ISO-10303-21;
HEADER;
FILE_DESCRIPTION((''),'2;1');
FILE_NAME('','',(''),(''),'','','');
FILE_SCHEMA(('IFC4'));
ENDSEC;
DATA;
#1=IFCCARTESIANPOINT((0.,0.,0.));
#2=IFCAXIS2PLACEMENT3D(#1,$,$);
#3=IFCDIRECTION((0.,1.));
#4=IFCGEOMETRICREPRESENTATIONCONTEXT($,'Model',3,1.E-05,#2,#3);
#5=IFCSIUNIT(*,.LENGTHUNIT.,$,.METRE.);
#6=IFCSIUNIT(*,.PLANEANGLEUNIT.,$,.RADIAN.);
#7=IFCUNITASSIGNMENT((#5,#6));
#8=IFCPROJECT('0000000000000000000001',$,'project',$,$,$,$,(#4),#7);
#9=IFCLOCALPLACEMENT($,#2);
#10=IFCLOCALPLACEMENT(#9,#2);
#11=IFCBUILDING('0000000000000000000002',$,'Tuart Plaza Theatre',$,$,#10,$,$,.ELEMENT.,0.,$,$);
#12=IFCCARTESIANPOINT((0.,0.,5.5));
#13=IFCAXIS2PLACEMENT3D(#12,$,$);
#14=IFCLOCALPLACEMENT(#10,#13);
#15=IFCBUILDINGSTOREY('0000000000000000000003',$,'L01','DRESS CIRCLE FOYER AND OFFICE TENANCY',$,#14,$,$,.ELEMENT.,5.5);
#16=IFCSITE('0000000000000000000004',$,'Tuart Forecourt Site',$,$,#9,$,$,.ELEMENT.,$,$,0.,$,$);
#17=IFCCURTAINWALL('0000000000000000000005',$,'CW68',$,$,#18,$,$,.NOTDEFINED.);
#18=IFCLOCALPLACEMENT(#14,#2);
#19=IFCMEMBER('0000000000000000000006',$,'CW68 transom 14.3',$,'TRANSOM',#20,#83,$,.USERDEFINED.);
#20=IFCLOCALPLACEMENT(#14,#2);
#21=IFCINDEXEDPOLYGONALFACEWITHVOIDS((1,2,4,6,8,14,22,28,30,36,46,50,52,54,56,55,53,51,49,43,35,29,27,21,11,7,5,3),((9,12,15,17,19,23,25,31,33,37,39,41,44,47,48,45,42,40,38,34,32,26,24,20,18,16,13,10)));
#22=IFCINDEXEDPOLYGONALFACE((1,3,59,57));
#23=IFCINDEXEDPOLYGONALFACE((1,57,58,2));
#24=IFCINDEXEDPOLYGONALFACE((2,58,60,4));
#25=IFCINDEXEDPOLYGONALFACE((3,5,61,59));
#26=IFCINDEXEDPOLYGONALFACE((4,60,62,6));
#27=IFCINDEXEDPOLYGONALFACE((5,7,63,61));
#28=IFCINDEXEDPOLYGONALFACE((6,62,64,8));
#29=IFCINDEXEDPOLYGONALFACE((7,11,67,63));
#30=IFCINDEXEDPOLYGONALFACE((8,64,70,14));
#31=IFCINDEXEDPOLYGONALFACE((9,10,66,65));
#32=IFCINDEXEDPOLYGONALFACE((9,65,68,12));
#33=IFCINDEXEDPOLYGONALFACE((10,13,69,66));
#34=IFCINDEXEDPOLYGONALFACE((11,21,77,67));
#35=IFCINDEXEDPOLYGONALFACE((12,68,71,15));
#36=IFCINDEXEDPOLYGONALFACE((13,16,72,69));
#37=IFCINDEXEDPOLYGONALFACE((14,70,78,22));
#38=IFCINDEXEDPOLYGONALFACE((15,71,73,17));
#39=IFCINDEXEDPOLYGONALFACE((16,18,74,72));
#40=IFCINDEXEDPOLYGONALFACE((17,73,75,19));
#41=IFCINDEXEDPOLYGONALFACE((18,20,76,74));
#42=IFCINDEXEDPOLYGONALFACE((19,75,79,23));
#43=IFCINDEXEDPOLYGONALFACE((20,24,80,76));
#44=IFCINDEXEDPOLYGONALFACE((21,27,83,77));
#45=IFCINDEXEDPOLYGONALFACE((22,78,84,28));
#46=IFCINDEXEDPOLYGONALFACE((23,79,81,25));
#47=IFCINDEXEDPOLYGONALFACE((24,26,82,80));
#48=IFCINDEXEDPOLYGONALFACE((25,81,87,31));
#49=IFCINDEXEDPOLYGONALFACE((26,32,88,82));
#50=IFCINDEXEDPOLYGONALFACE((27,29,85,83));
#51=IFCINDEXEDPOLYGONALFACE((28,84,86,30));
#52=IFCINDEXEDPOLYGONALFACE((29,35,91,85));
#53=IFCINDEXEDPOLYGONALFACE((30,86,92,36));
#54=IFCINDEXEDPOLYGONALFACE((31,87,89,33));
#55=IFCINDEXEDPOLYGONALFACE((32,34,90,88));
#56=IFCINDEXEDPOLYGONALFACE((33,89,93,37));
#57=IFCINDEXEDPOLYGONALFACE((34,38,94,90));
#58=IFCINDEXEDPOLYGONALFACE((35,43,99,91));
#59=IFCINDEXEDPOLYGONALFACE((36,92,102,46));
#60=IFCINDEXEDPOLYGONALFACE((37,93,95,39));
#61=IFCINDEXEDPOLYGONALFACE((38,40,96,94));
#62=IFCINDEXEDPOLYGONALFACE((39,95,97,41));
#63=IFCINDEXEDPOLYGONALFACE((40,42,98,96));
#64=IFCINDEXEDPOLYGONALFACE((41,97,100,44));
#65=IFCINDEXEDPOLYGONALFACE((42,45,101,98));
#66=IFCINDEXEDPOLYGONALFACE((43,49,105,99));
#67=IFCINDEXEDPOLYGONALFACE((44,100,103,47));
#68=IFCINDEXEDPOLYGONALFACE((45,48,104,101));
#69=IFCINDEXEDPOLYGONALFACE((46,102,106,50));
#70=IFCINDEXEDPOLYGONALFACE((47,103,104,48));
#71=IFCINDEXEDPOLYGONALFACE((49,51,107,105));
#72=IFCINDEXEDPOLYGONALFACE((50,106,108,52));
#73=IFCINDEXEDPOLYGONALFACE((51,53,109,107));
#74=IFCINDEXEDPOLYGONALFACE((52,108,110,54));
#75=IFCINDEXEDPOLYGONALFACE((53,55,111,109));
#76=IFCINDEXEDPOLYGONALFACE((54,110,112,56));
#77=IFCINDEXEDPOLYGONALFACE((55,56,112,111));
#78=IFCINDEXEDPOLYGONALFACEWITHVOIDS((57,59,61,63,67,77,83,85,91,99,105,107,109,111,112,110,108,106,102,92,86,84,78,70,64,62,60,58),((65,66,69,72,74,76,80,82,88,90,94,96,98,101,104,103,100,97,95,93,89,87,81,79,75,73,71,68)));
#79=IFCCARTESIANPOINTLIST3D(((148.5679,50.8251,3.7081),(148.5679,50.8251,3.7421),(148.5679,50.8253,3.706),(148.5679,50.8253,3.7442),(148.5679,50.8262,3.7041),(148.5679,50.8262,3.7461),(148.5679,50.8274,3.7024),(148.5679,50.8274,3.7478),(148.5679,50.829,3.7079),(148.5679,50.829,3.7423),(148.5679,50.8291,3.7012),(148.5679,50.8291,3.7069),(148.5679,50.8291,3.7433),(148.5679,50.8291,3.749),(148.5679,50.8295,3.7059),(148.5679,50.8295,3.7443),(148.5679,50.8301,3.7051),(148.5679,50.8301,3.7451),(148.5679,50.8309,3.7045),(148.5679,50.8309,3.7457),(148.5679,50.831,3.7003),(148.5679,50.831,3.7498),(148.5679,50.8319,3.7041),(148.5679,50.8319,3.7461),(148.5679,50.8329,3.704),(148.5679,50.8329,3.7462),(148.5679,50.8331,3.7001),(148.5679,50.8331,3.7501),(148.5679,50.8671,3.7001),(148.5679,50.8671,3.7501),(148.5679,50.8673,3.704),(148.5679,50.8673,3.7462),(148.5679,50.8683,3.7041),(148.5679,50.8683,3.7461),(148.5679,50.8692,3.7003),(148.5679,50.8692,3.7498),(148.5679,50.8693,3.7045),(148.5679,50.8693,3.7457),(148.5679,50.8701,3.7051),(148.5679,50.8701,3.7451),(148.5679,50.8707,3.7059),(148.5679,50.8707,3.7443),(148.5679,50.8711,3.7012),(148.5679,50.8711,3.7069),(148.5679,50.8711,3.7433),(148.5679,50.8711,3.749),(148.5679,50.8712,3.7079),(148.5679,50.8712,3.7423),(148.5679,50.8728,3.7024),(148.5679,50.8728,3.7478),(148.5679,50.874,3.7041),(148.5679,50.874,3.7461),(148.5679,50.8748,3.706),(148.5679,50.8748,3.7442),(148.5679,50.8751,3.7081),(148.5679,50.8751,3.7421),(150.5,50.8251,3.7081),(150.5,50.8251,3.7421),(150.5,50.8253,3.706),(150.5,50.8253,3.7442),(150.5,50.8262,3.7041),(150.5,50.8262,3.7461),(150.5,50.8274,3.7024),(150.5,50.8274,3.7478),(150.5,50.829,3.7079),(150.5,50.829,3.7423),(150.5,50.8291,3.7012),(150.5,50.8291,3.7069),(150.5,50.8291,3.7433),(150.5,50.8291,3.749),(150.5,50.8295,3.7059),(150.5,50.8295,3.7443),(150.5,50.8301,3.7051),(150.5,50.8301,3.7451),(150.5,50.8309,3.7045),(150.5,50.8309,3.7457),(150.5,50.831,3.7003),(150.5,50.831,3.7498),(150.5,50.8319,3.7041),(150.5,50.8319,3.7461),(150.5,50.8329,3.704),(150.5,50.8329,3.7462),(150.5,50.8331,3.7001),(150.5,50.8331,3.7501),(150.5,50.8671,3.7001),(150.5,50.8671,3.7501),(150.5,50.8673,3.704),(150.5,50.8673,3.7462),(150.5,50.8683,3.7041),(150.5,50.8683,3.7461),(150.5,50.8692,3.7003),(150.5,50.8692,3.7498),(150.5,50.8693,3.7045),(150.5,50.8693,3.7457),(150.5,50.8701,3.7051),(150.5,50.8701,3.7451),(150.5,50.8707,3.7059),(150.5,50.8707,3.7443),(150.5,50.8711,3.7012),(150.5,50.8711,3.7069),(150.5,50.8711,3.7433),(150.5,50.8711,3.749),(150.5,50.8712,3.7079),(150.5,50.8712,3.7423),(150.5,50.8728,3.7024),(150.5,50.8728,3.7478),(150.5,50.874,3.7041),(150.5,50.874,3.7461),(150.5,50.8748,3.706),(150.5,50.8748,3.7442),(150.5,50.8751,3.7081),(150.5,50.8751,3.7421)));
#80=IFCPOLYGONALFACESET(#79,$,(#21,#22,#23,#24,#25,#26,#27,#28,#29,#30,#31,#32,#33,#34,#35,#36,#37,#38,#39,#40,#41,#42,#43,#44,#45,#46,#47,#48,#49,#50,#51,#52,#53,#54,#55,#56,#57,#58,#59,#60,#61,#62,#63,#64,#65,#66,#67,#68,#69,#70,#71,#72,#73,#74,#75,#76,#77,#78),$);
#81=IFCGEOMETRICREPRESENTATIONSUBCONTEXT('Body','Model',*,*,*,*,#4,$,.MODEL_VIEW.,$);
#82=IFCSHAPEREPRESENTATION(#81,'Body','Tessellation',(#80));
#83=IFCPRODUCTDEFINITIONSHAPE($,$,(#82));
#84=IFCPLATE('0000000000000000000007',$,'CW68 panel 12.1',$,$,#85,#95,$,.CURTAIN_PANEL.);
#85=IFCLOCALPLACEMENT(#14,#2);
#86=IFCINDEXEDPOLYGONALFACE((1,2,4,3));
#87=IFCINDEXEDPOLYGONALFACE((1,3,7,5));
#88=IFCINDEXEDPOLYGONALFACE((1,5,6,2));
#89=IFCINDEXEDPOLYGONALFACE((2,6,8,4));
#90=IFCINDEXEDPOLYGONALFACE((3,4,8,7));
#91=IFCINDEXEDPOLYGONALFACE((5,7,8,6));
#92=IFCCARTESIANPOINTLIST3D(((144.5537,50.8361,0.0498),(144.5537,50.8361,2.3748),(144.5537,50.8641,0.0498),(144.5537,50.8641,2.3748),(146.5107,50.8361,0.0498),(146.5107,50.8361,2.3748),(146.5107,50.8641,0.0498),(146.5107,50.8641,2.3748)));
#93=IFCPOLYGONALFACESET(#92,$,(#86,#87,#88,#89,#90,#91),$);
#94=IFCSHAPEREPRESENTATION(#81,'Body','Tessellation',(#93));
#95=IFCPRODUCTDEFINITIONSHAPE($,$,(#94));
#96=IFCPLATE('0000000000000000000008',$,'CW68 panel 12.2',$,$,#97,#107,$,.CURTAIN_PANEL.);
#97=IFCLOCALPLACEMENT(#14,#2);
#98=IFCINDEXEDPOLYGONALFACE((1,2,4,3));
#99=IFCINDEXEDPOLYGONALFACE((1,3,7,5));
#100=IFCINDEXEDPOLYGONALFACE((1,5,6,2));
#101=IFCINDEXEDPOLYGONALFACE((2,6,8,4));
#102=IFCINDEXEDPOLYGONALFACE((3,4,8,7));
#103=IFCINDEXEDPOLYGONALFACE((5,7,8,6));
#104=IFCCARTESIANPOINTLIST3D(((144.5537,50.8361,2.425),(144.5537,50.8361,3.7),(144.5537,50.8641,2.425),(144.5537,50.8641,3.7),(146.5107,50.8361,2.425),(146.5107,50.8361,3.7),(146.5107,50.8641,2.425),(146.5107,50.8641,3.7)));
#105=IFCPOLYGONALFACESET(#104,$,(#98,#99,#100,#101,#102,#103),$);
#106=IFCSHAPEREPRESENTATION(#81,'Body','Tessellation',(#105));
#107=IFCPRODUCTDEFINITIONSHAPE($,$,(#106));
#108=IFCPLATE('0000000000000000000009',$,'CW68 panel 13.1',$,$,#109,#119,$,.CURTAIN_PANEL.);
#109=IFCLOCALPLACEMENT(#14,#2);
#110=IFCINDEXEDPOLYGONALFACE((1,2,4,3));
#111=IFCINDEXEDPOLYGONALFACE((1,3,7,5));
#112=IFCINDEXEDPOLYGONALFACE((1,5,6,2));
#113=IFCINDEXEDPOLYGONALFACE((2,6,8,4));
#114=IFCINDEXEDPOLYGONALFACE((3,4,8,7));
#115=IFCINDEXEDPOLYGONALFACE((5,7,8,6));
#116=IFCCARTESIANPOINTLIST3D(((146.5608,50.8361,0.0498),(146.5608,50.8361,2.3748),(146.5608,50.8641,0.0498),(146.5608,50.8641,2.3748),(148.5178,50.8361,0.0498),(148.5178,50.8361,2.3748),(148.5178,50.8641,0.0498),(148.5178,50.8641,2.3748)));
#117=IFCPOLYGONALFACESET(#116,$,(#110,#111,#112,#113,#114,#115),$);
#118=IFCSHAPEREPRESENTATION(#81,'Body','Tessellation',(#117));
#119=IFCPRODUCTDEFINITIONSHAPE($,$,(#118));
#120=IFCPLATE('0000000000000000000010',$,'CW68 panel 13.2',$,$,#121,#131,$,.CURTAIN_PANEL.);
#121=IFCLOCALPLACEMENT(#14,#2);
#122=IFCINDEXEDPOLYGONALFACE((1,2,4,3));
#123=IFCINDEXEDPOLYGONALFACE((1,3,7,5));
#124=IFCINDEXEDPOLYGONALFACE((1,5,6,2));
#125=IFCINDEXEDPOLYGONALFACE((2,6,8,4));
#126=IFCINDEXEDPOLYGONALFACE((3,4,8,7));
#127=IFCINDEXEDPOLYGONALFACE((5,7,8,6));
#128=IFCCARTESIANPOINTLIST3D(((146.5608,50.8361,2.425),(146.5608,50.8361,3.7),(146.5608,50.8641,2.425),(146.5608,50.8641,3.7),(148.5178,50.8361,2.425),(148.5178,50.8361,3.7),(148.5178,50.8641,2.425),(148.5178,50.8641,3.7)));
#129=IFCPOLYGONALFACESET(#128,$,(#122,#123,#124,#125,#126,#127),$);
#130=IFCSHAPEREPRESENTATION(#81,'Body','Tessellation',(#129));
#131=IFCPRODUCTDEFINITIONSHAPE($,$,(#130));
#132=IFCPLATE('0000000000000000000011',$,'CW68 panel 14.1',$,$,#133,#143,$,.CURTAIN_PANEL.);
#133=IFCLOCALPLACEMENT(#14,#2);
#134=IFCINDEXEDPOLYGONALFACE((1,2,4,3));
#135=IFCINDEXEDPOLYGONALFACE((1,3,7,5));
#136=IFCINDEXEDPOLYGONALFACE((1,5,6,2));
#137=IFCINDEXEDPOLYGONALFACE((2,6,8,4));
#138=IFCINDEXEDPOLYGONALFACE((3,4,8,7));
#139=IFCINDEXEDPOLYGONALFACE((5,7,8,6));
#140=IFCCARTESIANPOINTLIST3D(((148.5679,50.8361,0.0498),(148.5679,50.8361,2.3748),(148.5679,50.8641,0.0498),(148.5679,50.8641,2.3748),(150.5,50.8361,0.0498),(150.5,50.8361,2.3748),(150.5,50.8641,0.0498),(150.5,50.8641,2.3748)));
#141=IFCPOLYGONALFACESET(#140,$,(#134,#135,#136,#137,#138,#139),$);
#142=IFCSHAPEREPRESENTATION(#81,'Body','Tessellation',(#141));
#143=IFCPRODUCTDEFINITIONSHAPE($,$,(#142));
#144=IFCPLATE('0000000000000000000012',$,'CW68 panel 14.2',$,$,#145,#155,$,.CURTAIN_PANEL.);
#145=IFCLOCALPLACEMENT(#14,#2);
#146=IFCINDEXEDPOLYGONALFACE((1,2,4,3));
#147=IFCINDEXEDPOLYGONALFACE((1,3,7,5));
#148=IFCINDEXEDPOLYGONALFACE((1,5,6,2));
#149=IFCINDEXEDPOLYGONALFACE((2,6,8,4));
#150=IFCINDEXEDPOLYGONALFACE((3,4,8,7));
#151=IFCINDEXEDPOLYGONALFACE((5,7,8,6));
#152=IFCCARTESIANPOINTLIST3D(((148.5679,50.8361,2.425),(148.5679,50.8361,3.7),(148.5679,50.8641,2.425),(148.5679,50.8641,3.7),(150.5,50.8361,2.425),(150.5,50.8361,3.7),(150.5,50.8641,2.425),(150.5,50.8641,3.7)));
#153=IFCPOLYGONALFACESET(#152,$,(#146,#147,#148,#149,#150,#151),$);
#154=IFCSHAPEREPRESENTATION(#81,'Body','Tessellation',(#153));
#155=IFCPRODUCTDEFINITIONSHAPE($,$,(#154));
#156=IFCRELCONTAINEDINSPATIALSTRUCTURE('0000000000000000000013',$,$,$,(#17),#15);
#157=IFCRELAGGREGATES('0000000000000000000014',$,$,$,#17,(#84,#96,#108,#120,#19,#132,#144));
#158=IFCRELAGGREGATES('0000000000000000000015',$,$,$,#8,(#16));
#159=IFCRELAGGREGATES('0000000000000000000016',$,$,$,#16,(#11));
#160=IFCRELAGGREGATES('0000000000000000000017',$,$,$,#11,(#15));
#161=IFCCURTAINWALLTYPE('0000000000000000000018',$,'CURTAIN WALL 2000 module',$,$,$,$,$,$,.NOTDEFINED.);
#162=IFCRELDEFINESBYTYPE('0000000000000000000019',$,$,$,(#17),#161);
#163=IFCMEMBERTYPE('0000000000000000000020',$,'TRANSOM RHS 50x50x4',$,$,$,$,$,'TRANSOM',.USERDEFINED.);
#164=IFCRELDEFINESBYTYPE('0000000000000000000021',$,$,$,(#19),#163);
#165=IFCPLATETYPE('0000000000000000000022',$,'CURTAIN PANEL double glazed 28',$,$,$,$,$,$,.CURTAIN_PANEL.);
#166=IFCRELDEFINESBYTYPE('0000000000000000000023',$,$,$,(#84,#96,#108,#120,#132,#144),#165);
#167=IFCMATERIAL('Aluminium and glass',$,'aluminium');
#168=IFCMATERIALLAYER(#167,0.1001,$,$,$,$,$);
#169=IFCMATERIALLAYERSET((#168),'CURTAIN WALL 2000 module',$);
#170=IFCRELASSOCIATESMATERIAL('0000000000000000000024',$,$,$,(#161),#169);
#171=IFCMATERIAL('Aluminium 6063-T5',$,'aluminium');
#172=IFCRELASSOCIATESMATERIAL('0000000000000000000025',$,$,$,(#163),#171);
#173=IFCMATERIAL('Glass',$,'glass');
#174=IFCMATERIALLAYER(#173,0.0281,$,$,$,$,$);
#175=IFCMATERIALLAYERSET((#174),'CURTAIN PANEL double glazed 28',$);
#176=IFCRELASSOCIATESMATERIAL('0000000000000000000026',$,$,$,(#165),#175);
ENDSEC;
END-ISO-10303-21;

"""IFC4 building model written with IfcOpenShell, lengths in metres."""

from ifc_helpers import new_model, si_unit, direction, frame, origin, origin_2d, place, context, subcontext, project, spatial, rectangle, hollow_rectangle, extrude, material, layer, layer_set, material_profile, profile_set, type_object, element, aggregate, save


model = new_model("IFC4")

# Units and contexts
model_context = context("Model", 3, precision=1e-05, world=origin(), true_north=direction((0.0, 1.0)))
body_context = subcontext(model_context, "Body", "Model", "MODEL_VIEW")
ifc_project = project(units=[si_unit("LENGTHUNIT", "METRE"), si_unit("PLANEANGLEUNIT", "RADIAN")], contexts=[model_context])

# Site, building, storey
site_placement = place(None, origin())
site = spatial("IfcSite", under=ifc_project, at=site_placement, Name="Tuart Forecourt Site", CompositionType="ELEMENT", RefElevation=0.0)
building_placement = place(site_placement, origin())
building = spatial("IfcBuilding", under=site, at=building_placement, Name="Tuart Plaza Theatre", CompositionType="ELEMENT", ElevationOfRefHeight=0.0)
storey_placement = place(building_placement, frame((0.0, 0.0, 5.5)))
storey = spatial("IfcBuildingStorey", under=building, at=storey_placement, Name="L01", Description="DRESS CIRCLE FOYER AND OFFICE TENANCY", CompositionType="ELEMENT", Elevation=5.5)

# Curtain wall, member, plates
ifc_material_1 = material(Name="Aluminium and glass", Category="aluminium")
ifc_layer_1 = layer(ifc_material_1, 0.1001)
ifc_layer_set_1 = layer_set([ifc_layer_1], Name="CURTAIN WALL 2000 module")
curtain_wall_type = type_object("IfcCurtainWallType", Name="CURTAIN WALL 2000 module", PredefinedType="NOTDEFINED", material=ifc_layer_set_1)
curtain_wall_placement = place(storey_placement, origin())
curtain_wall = element("IfcCurtainWall", 1, at=curtain_wall_placement, inside=storey, type_object=curtain_wall_type, Name="CW68", PredefinedType="NOTDEFINED")
ifc_material_2 = material(Name="Aluminium 6063-T5", Category="aluminium")
ifc_material_profile_1 = material_profile(ifc_material_2, hollow_rectangle(XDim=0.05, YDim=0.05, WallThickness=0.0039, InnerFilletRadius=0.0039, OuterFilletRadius=0.0081, at=origin_2d()), Name="RHS 50x50x4")
ifc_profile_set_1 = profile_set([ifc_material_profile_1], Name="Aluminium 6063-T5")
member_type_1 = type_object("IfcMemberType", Name="TRANSOM RHS 50x50x4", ElementType="TRANSOM", PredefinedType="USERDEFINED", material=ifc_profile_set_1)
member_1_placement = place(storey_placement, frame((148.5679, 50.8501, 3.7251), z_axis=(1.0, 0.0, 0.0), x_axis=(0.0, 1.0, 0.0)))
member_1 = element("IfcMember", 2, at=member_1_placement, type_object=member_type_1, Name="CW68 transom 14.3", ObjectType="TRANSOM", PredefinedType="USERDEFINED", context=body_context, shape_type="SweptSolid", body=[
    extrude(hollow_rectangle(XDim=0.05, YDim=0.05, WallThickness=0.0039, InnerFilletRadius=0.0039, OuterFilletRadius=0.0081, at=origin_2d()), origin(), (0.0, 0.0, 1.0), 1.9321),
])
ifc_material_3 = material(Name="Glass", Category="glass")
ifc_layer_2 = layer(ifc_material_3, 0.0281)
ifc_layer_set_2 = layer_set([ifc_layer_2], Name="CURTAIN PANEL double glazed 28")
plate_type = type_object("IfcPlateType", Name="CURTAIN PANEL double glazed 28", PredefinedType="CURTAIN_PANEL", material=ifc_layer_set_2)
plate_1_placement = place(storey_placement, frame((145.5322, 50.8501, 0.0498), z_axis=(0.0, 0.0, 1.0), x_axis=(1.0, 0.0, 0.0)))
plate_1 = element("IfcPlate", 3, at=plate_1_placement, type_object=plate_type, Name="CW68 panel 12.1", PredefinedType="CURTAIN_PANEL", context=body_context, shape_type="SweptSolid", body=[
    extrude(rectangle(XDim=1.957, YDim=0.0281, at=origin_2d()), origin(), (0.0, 0.0, 1.0), 2.325),
])
plate_2_placement = place(storey_placement, frame((145.5322, 50.8501, 2.425), z_axis=(0.0, 0.0, 1.0), x_axis=(1.0, 0.0, 0.0)))
plate_2 = element("IfcPlate", 4, at=plate_2_placement, type_object=plate_type, Name="CW68 panel 12.2", PredefinedType="CURTAIN_PANEL", context=body_context, shape_type="SweptSolid", body=[
    extrude(rectangle(XDim=1.957, YDim=0.0281, at=origin_2d()), origin(), (0.0, 0.0, 1.0), 1.2749),
])
plate_3_placement = place(storey_placement, frame((147.5393, 50.8501, 0.0498), z_axis=(0.0, 0.0, 1.0), x_axis=(1.0, 0.0, 0.0)))
plate_3 = element("IfcPlate", 5, at=plate_3_placement, type_object=plate_type, Name="CW68 panel 13.1", PredefinedType="CURTAIN_PANEL", context=body_context, shape_type="SweptSolid", body=[
    extrude(rectangle(XDim=1.957, YDim=0.0281, at=origin_2d()), origin(), (0.0, 0.0, 1.0), 2.325),
])
plate_4_placement = place(storey_placement, frame((147.5393, 50.8501, 2.425), z_axis=(0.0, 0.0, 1.0), x_axis=(1.0, 0.0, 0.0)))
plate_4 = element("IfcPlate", 6, at=plate_4_placement, type_object=plate_type, Name="CW68 panel 13.2", PredefinedType="CURTAIN_PANEL", context=body_context, shape_type="SweptSolid", body=[
    extrude(rectangle(XDim=1.957, YDim=0.0281, at=origin_2d()), origin(), (0.0, 0.0, 1.0), 1.2749),
])
plate_5_placement = place(storey_placement, frame((149.5339, 50.8501, 0.0498), z_axis=(0.0, 0.0, 1.0), x_axis=(1.0, 0.0, 0.0)))
plate_5 = element("IfcPlate", 7, at=plate_5_placement, type_object=plate_type, Name="CW68 panel 14.1", PredefinedType="CURTAIN_PANEL", context=body_context, shape_type="SweptSolid", body=[
    extrude(rectangle(XDim=1.9321, YDim=0.0281, at=origin_2d()), origin(), (0.0, 0.0, 1.0), 2.325),
])
plate_6_placement = place(storey_placement, frame((149.5339, 50.8501, 2.425), z_axis=(0.0, 0.0, 1.0), x_axis=(1.0, 0.0, 0.0)))
plate_6 = element("IfcPlate", 8, at=plate_6_placement, type_object=plate_type, Name="CW68 panel 14.2", PredefinedType="CURTAIN_PANEL", context=body_context, shape_type="SweptSolid", body=[
    extrude(rectangle(XDim=1.9321, YDim=0.0281, at=origin_2d()), origin(), (0.0, 0.0, 1.0), 1.2749),
])
aggregate(curtain_wall, [plate_1, plate_2, plate_3, plate_4, member_1, plate_5, plate_6])

save(model, "model.ifc")
